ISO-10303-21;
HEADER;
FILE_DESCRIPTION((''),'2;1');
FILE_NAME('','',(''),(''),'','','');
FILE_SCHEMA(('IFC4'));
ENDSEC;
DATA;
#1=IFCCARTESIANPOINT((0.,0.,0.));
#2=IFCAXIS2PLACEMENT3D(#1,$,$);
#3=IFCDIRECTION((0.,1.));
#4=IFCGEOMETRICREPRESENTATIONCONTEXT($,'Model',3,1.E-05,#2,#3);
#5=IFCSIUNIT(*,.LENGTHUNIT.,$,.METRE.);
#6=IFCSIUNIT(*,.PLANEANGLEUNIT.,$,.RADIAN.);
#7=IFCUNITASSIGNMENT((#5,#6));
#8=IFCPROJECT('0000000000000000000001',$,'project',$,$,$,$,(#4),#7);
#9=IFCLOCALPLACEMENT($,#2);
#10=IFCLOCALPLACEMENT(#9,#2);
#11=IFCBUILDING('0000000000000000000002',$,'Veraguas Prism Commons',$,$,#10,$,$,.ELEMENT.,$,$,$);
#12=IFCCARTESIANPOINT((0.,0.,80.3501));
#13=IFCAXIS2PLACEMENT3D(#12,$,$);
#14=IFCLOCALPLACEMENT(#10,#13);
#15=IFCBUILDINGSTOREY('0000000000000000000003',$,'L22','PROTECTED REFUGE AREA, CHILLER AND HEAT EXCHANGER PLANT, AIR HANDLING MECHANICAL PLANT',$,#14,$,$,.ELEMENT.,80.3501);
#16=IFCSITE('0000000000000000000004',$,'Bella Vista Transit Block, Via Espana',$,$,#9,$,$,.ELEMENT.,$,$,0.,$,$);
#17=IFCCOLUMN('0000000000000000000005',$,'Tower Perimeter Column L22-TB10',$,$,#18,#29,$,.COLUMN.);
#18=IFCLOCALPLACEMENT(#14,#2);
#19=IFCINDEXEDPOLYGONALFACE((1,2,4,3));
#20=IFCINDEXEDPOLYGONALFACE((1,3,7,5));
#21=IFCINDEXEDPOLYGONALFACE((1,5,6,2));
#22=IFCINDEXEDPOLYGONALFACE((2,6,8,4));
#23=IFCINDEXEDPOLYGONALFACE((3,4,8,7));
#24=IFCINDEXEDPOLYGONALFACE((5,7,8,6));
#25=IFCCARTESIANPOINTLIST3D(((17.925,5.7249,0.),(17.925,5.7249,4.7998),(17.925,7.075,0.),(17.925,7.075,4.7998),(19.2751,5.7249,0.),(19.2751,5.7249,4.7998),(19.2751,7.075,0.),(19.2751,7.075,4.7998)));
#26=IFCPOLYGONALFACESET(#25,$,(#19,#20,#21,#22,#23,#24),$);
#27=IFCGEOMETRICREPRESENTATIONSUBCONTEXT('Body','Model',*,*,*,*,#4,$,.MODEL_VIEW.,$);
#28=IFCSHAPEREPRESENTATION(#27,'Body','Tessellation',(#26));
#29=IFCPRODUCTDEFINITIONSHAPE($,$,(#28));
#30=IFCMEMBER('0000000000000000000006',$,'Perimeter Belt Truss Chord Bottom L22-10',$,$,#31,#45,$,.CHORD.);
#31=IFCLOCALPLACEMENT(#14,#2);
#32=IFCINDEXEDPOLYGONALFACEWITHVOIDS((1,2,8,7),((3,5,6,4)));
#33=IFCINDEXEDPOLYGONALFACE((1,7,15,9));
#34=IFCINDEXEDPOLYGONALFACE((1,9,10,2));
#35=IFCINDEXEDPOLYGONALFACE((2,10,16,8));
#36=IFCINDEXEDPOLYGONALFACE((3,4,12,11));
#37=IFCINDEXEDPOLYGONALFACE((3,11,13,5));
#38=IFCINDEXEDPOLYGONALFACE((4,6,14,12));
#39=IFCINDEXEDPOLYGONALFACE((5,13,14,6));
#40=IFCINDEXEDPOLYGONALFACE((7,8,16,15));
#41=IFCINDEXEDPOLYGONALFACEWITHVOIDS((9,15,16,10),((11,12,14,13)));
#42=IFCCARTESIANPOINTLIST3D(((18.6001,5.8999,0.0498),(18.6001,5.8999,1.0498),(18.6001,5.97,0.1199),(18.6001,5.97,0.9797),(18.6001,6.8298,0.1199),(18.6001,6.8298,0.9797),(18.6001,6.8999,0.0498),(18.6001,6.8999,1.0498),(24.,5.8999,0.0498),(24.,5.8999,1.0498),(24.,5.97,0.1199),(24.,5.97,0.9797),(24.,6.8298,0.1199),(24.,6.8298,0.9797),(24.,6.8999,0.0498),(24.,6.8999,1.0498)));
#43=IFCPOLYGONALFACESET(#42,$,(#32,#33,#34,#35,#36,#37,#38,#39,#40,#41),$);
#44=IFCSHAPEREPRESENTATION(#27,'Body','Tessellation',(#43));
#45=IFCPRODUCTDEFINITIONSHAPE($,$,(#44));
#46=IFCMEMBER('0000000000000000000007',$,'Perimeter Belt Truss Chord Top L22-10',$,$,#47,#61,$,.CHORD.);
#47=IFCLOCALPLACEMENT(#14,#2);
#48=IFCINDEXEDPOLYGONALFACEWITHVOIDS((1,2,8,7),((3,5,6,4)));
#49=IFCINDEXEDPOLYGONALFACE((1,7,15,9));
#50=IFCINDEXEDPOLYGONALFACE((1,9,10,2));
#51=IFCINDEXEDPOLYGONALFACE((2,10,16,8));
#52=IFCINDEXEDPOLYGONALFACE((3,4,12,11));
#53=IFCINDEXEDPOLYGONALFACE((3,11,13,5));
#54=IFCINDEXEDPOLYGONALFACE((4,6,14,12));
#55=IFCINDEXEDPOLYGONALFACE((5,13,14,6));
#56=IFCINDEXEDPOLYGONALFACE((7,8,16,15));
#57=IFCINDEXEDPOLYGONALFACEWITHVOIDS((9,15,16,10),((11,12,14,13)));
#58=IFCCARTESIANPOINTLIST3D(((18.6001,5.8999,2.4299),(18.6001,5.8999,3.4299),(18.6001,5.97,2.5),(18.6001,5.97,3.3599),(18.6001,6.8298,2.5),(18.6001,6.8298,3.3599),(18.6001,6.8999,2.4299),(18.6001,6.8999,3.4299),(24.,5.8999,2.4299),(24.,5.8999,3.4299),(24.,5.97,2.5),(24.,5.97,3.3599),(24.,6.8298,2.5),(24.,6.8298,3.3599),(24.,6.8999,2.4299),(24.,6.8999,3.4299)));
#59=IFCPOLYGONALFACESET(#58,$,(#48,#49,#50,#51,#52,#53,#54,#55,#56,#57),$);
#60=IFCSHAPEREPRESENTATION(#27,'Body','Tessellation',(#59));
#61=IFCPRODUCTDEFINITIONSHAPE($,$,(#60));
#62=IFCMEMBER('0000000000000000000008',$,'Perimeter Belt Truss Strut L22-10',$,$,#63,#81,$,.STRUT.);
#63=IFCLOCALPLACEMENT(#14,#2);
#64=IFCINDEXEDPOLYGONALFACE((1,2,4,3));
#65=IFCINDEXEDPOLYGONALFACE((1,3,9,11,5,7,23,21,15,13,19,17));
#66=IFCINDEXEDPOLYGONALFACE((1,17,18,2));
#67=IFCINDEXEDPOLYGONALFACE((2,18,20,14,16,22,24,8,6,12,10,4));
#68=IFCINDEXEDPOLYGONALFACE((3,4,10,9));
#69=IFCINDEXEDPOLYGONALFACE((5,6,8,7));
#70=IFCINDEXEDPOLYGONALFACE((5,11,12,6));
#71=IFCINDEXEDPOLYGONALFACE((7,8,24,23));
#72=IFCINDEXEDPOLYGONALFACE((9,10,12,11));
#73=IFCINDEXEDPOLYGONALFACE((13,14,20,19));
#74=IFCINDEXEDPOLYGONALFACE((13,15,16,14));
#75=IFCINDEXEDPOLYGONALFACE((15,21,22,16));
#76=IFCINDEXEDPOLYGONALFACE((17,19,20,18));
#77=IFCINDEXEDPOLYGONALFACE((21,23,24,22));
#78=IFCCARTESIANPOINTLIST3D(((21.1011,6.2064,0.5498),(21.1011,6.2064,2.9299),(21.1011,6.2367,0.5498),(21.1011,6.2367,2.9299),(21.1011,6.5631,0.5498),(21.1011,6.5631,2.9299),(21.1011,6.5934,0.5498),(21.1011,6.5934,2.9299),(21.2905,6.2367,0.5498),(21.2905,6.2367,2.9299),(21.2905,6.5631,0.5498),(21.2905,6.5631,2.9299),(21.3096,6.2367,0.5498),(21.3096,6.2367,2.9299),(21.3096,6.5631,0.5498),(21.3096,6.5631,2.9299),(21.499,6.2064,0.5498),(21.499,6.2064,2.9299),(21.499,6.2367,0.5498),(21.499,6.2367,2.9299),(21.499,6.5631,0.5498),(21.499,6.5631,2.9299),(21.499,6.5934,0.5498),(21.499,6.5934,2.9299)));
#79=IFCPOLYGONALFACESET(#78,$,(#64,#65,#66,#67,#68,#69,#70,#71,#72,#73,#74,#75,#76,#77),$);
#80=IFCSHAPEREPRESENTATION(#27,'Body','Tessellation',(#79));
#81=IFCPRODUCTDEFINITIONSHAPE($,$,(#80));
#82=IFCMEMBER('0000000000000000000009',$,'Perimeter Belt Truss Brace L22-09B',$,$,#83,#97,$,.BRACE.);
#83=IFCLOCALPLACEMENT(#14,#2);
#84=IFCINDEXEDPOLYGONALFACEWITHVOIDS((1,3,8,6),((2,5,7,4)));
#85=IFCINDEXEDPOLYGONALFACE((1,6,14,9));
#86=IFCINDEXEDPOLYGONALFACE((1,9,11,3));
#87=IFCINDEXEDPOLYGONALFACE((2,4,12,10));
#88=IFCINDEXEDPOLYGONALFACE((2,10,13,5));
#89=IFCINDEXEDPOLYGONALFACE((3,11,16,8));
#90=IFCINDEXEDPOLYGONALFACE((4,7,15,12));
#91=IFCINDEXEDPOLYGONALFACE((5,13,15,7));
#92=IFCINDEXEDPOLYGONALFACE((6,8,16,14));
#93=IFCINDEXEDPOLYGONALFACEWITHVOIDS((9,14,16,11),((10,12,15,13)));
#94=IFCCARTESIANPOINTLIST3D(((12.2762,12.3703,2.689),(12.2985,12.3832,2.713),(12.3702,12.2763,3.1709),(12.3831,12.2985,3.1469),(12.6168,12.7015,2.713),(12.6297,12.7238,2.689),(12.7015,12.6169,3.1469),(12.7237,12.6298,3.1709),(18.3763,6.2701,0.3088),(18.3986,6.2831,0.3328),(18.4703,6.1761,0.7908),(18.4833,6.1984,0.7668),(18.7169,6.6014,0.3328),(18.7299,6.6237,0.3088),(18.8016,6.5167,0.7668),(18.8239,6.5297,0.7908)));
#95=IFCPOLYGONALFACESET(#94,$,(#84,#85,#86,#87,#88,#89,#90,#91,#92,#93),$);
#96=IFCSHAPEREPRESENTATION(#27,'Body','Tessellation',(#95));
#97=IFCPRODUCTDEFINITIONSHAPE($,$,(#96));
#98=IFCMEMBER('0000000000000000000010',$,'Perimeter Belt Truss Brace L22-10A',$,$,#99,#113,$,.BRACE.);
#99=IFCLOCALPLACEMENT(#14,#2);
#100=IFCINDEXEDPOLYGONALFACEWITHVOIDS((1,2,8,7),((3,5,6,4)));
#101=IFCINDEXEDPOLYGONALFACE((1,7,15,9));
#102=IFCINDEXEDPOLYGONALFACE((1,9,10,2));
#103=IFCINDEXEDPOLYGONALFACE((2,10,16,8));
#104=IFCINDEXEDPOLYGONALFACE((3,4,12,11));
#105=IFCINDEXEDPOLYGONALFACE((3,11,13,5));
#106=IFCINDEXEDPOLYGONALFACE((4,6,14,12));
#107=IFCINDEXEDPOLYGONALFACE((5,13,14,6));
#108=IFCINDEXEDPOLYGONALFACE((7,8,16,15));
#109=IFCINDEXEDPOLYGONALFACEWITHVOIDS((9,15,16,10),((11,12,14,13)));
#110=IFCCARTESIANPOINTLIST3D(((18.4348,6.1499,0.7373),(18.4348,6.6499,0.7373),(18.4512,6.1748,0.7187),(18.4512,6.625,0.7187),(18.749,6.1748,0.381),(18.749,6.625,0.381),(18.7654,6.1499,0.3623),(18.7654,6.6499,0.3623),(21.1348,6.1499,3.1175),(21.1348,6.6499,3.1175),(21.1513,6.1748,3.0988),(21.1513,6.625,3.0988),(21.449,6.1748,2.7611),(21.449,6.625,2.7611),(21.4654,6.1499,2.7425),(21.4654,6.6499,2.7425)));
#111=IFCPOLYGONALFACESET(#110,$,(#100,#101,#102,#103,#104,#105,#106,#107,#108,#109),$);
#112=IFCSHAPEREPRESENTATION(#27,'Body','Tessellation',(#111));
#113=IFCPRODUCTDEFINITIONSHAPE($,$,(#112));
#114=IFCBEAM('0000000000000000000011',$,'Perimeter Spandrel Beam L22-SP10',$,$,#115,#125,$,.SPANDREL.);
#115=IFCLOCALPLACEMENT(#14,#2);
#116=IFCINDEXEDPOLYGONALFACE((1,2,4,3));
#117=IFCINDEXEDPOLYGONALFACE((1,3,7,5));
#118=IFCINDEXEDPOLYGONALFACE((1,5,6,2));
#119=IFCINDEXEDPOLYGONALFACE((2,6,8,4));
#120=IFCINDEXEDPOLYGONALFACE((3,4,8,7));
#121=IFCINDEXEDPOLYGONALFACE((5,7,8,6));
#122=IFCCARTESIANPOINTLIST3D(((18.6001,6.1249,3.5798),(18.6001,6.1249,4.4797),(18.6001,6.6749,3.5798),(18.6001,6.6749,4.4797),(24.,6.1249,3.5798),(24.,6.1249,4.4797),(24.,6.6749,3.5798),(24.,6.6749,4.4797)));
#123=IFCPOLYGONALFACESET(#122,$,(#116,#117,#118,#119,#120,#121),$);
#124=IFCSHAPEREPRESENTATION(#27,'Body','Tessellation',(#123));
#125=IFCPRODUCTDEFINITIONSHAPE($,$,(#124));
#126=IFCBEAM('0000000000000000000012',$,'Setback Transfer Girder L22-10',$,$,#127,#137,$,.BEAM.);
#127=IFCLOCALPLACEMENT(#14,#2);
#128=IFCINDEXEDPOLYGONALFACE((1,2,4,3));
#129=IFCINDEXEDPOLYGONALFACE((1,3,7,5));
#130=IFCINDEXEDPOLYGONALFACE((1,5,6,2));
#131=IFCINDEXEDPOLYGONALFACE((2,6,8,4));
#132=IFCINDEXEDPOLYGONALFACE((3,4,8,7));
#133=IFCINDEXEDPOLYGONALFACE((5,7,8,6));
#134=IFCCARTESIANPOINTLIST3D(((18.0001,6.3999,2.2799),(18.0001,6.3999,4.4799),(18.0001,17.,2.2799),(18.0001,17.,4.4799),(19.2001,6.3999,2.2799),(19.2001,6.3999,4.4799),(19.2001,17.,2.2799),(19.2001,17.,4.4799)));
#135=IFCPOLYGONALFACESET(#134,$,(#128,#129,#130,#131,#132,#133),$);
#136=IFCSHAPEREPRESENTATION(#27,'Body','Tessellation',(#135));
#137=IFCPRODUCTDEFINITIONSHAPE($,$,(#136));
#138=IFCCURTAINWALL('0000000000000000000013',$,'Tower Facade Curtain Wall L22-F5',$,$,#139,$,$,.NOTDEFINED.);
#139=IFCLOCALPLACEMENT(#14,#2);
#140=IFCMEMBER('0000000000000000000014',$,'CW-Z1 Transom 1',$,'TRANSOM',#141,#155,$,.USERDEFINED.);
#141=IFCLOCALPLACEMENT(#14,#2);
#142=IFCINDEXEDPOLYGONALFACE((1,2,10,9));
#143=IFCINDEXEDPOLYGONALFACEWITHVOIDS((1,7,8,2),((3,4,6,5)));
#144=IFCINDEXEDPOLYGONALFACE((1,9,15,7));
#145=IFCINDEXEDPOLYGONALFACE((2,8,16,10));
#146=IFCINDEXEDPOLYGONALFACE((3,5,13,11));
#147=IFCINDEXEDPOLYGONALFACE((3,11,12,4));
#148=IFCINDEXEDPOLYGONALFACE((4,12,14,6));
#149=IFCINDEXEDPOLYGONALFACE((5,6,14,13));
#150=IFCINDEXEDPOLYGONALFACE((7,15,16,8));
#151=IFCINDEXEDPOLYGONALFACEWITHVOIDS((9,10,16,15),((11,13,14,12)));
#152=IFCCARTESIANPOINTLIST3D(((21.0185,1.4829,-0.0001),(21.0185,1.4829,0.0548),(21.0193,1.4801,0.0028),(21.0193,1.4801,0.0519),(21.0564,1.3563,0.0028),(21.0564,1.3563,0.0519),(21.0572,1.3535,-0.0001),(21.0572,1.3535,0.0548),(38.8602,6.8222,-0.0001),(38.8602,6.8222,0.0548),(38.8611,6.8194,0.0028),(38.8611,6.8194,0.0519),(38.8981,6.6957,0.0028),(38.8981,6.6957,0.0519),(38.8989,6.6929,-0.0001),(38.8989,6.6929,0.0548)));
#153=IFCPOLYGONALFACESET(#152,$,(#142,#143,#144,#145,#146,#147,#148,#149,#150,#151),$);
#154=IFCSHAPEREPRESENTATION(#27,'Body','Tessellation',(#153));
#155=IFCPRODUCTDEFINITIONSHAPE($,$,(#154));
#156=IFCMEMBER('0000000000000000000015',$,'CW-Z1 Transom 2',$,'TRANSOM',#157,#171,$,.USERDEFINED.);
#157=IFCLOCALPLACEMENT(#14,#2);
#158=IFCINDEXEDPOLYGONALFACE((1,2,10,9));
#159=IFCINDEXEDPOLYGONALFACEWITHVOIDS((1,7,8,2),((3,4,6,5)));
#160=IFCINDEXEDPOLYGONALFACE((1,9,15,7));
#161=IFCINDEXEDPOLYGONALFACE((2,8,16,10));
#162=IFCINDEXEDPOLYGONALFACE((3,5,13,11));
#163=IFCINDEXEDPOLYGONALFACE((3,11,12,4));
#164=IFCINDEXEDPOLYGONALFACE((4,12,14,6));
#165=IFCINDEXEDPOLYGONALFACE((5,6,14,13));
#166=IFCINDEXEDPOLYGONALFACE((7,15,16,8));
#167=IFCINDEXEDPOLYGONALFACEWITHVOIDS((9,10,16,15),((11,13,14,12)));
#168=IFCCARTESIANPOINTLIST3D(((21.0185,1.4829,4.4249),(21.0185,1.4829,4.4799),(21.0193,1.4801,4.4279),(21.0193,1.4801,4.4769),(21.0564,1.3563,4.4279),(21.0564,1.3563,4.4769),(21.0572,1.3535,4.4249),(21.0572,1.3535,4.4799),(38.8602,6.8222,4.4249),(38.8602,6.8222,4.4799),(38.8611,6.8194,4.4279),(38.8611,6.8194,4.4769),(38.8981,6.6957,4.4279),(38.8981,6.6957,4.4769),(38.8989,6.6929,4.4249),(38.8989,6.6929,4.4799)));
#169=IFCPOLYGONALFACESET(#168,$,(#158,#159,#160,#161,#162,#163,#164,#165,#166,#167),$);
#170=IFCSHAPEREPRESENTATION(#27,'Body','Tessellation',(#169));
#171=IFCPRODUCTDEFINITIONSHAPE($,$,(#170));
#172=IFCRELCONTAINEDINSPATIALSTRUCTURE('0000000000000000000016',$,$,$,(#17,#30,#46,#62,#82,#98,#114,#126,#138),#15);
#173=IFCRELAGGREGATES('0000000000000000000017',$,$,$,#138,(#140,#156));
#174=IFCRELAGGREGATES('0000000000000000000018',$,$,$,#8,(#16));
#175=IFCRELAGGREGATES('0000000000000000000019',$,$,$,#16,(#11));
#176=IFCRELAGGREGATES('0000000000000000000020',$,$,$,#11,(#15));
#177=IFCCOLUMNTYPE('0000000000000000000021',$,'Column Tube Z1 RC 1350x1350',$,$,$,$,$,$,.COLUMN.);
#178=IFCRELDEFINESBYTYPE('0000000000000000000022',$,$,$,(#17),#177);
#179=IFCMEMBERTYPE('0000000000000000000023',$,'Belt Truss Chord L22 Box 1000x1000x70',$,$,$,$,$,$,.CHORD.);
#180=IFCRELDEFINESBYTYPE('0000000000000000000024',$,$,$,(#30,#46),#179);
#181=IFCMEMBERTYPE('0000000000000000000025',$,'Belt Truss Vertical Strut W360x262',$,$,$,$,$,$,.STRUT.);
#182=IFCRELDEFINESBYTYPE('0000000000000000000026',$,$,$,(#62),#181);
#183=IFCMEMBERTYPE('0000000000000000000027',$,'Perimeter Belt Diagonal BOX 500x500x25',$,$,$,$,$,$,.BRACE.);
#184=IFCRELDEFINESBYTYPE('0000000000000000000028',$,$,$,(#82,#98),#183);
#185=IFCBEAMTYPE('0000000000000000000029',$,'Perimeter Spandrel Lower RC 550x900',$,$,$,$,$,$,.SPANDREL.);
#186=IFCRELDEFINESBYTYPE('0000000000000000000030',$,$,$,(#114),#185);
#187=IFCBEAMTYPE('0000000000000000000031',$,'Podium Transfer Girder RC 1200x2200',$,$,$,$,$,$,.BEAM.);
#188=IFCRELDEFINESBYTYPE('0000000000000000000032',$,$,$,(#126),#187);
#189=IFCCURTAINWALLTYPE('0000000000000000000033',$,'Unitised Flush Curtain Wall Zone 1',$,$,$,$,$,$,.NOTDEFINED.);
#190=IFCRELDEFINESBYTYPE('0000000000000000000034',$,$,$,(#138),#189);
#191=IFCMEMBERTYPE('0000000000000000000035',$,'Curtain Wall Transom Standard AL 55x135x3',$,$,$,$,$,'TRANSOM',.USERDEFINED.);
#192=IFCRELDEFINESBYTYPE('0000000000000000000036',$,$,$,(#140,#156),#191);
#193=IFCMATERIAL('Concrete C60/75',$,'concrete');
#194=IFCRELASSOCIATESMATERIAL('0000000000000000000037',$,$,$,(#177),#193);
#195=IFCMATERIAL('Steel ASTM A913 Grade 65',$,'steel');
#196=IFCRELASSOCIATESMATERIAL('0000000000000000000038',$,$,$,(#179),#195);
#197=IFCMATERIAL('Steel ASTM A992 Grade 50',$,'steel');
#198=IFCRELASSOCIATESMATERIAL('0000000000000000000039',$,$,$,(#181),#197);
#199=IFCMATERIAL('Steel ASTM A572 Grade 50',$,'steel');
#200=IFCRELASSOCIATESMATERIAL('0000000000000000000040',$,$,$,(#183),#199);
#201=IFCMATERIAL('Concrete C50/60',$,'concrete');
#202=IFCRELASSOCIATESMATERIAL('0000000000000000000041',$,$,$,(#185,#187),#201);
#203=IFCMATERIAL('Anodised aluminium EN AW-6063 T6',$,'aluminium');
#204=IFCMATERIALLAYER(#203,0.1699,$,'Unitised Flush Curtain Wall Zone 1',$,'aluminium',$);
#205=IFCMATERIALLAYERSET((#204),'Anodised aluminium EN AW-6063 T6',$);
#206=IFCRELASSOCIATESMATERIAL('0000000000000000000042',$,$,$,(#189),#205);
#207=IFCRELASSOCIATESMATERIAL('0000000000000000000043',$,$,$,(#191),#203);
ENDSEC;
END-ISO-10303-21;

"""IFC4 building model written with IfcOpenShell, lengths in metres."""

from ifc_helpers import new_model, si_unit, direction, frame, origin, origin_2d, place, context, subcontext, project, spatial, rectangle, hollow_rectangle, i_section, extrude, source, transform, mapped, material, layer, layer_set, material_profile, profile_set, type_object, element, aggregate, save


model = new_model("IFC4")

# Units and contexts
model_context = context("Model", 3, precision=1e-05, world=origin(), true_north=direction((0.0, 1.0)))
body_context = subcontext(model_context, "Body", "Model", "MODEL_VIEW")
ifc_project = project(units=[si_unit("LENGTHUNIT", "METRE"), si_unit("PLANEANGLEUNIT", "RADIAN")], contexts=[model_context])

# Site, building, storey
site_placement = place(None, origin())
site = spatial("IfcSite", under=ifc_project, at=site_placement, Name="Bella Vista Transit Block, Via Espana", CompositionType="ELEMENT", RefElevation=0.0)
building_placement = place(site_placement, origin())
building = spatial("IfcBuilding", under=site, at=building_placement, Name="Veraguas Prism Commons", CompositionType="ELEMENT")
storey_placement = place(building_placement, frame((0.0, 0.0, 80.3501)))
storey = spatial("IfcBuildingStorey", under=building, at=storey_placement, Name="L22", Description="PROTECTED REFUGE AREA, CHILLER AND HEAT EXCHANGER PLANT, AIR HANDLING MECHANICAL PLANT", CompositionType="ELEMENT", Elevation=80.3501)

# Column
ifc_material_1 = material(Name="Concrete C60/75", Category="concrete")
ifc_material_profile_1 = material_profile(ifc_material_1, rectangle(XDim=1.3501, YDim=1.3501, at=origin_2d()), Name="RC1350X1350")
ifc_profile_set_1 = profile_set([ifc_material_profile_1], Name="Concrete C60/75")
column_type = type_object("IfcColumnType", Name="Column Tube Z1 RC 1350x1350", PredefinedType="COLUMN", material=ifc_profile_set_1)
column_placement = place(storey_placement, frame((18.6001, 6.3999, 0.0), z_axis=(0.0, 0.0, 1.0), x_axis=(1.0, 0.0, 0.0)))
element("IfcColumn", 1, at=column_placement, inside=storey, type_object=column_type, Name="Tower Perimeter Column L22-TB10", PredefinedType="COLUMN", context=body_context, shape_type="SweptSolid", body=[
    extrude(rectangle(XDim=1.3501, YDim=1.3501, at=origin_2d()), origin(), (0.0, 0.0, 1.0), 4.7998),
])

# Members
ifc_material_2 = material(Name="Steel ASTM A913 Grade 65", Category="steel")
ifc_material_profile_2 = material_profile(ifc_material_2, hollow_rectangle(XDim=1.0, YDim=1.0, WallThickness=0.0701, at=origin_2d()), Name="BOX1000X1000X70")
ifc_profile_set_2 = profile_set([ifc_material_profile_2], Name="Steel ASTM A913 Grade 65")
member_type_1 = type_object("IfcMemberType", Name="Belt Truss Chord L22 Box 1000x1000x70", PredefinedType="CHORD", material=ifc_profile_set_2)
for number, where, z_axis, x_axis, name in (
    (2, (18.6001, 6.3999, 0.5498), (1.0, 0.0, 0.0), (0.0, 1.0, 0.0), "Perimeter Belt Truss Chord Bottom L22-10"),
    (3, (18.6001, 6.3999, 2.9299), (1.0, 0.0, 0.0), (0.0, 1.0, 0.0), "Perimeter Belt Truss Chord Top L22-10"),
):
    element("IfcMember", number, at=place(storey_placement, frame(where, z_axis=z_axis, x_axis=x_axis)), inside=storey, type_object=member_type_1, Name=name, PredefinedType="CHORD", context=body_context, shape_type="SweptSolid", body=[
        extrude(hollow_rectangle(XDim=1.0, YDim=1.0, WallThickness=0.0701, at=origin_2d()), origin(), (0.0, 0.0, 1.0), 5.3999),
    ])
ifc_material_3 = material(Name="Steel ASTM A992 Grade 50", Category="steel")
ifc_material_profile_3 = material_profile(ifc_material_3, i_section(OverallWidth=0.3979, OverallDepth=0.387, WebThickness=0.019, FlangeThickness=0.0303, at=origin_2d()), Name="W360X262")
ifc_profile_set_3 = profile_set([ifc_material_profile_3], Name="Steel ASTM A992 Grade 50")
member_type_2 = type_object("IfcMemberType", Name="Belt Truss Vertical Strut W360x262", PredefinedType="STRUT", material=ifc_profile_set_3)
member_1_placement = place(storey_placement, frame((21.3, 6.3999, 0.5498), z_axis=(0.0, 0.0, 1.0), x_axis=(1.0, 0.0, 0.0)))
element("IfcMember", 4, at=member_1_placement, inside=storey, type_object=member_type_2, Name="Perimeter Belt Truss Strut L22-10", PredefinedType="STRUT", context=body_context, shape_type="SweptSolid", body=[
    extrude(i_section(OverallWidth=0.3979, OverallDepth=0.387, WebThickness=0.019, FlangeThickness=0.0303, at=origin_2d()), origin(), (0.0, 0.0, 1.0), 2.3801),
])
ifc_material_4 = material(Name="Steel ASTM A572 Grade 50", Category="steel")
ifc_material_profile_4 = material_profile(ifc_material_4, hollow_rectangle(XDim=0.5, YDim=0.5, WallThickness=0.0249, at=origin_2d()), Name="BOX500X500X25")
ifc_profile_set_4 = profile_set([ifc_material_profile_4], Name="Steel ASTM A572 Grade 50")
member_type_3 = type_object("IfcMemberType", Name="Perimeter Belt Diagonal BOX 500x500x25", PredefinedType="BRACE", material=ifc_profile_set_4)
member_2_placement = place(storey_placement, frame((18.6001, 6.3999, 0.5498), z_axis=(-0.681639, 0.681639, 0.265961), x_axis=(-0.707107, -0.707107, 0.0)))
element("IfcMember", 5, at=member_2_placement, inside=storey, type_object=member_type_3, Name="Perimeter Belt Truss Brace L22-09B", PredefinedType="BRACE", context=body_context, shape_type="SweptSolid", body=[
    extrude(hollow_rectangle(XDim=0.5, YDim=0.5, WallThickness=0.0249, at=origin_2d()), origin(), (0.0, 0.0, 1.0), 8.9492),
])
member_3_placement = place(storey_placement, frame((18.6001, 6.3999, 0.5498), z_axis=(0.750139, 0.0, 0.661281), x_axis=(0.0, 1.0, 0.0)))
element("IfcMember", 6, at=member_3_placement, inside=storey, type_object=member_type_3, Name="Perimeter Belt Truss Brace L22-10A", PredefinedType="BRACE", context=body_context, shape_type="SweptSolid", body=[
    extrude(hollow_rectangle(XDim=0.5, YDim=0.5, WallThickness=0.0249, at=origin_2d()), origin(), (0.0, 0.0, 1.0), 3.5994),
])

# Beams
ifc_material_5 = material(Name="Concrete C50/60", Category="concrete")
ifc_material_profile_5 = material_profile(ifc_material_5, rectangle(XDim=0.55, YDim=0.8999, at=origin_2d()), Name="RC550X900")
ifc_profile_set_5 = profile_set([ifc_material_profile_5], Name="Concrete C50/60")
beam_type_1 = type_object("IfcBeamType", Name="Perimeter Spandrel Lower RC 550x900", PredefinedType="SPANDREL", material=ifc_profile_set_5)
beam_1_placement = place(storey_placement, frame((18.6001, 6.3999, 4.0298), z_axis=(1.0, 0.0, 0.0), x_axis=(0.0, 1.0, 0.0)))
element("IfcBeam", 7, at=beam_1_placement, inside=storey, type_object=beam_type_1, Name="Perimeter Spandrel Beam L22-SP10", PredefinedType="SPANDREL", context=body_context, shape_type="SweptSolid", body=[
    extrude(rectangle(XDim=0.55, YDim=0.8999, at=origin_2d()), origin(), (0.0, 0.0, 1.0), 5.3999),
])
ifc_material_profile_6 = material_profile(ifc_material_5, rectangle(XDim=1.2, YDim=2.2, at=origin_2d()), Name="RC1200X2200")
ifc_profile_set_6 = profile_set([ifc_material_profile_6], Name="Concrete C50/60")
beam_type_2 = type_object("IfcBeamType", Name="Podium Transfer Girder RC 1200x2200", PredefinedType="BEAM", material=ifc_profile_set_6)
beam_2_placement = place(storey_placement, frame((18.6001, 6.3999, 3.3799), z_axis=(0.0, 1.0, 0.0), x_axis=(-1.0, 0.0, 0.0)))
element("IfcBeam", 8, at=beam_2_placement, inside=storey, type_object=beam_type_2, Name="Setback Transfer Girder L22-10", PredefinedType="BEAM", context=body_context, shape_type="SweptSolid", body=[
    extrude(rectangle(XDim=1.2, YDim=2.2, at=origin_2d()), origin(), (0.0, 0.0, 1.0), 10.6001),
])

# Curtain wall, members
ifc_material_6 = material(Name="Anodised aluminium EN AW-6063 T6", Category="aluminium")
ifc_layer_1 = layer(ifc_material_6, 0.1699, Name="Unitised Flush Curtain Wall Zone 1", Category="aluminium")
ifc_layer_set_1 = layer_set([ifc_layer_1], Name="Anodised aluminium EN AW-6063 T6")
curtain_wall_type = type_object("IfcCurtainWallType", Name="Unitised Flush Curtain Wall Zone 1", PredefinedType="NOTDEFINED", material=ifc_layer_set_1)
curtain_wall_1_placement = place(storey_placement, origin())
curtain_wall_1 = element("IfcCurtainWall", 9, at=curtain_wall_1_placement, inside=storey, type_object=curtain_wall_type, Name="Tower Facade Curtain Wall L22-F5", PredefinedType="NOTDEFINED")
ifc_material_profile_7 = material_profile(ifc_material_6, hollow_rectangle(XDim=0.0549, YDim=0.135, WallThickness=0.0029, at=origin_2d()), Name="AL55X135X3")
ifc_profile_set_7 = profile_set([ifc_material_profile_7], Name="Anodised aluminium EN AW-6063 T6")
member_type_4 = type_object("IfcMemberType", Name="Curtain Wall Transom Standard AL 55x135x3", ElementType="TRANSOM", PredefinedType="USERDEFINED", material=ifc_profile_set_7)
shared_shape_1 = source(origin(), body_context, "Body", "SweptSolid", [
    extrude(hollow_rectangle(XDim=0.0549, YDim=0.135, WallThickness=0.0029, at=origin_2d()), origin(), (0.0, 0.0, 1.0), 18.6235),
])
member_4_placement = place(storey_placement, frame((21.0378, 1.4182, 0.0273), z_axis=(0.958021, 0.286698, 0.0), x_axis=(0.0, 0.0, 1.0)))
member_4 = element("IfcMember", 10, at=member_4_placement, type_object=member_type_4, Name="CW-Z1 Transom 1", ObjectType="TRANSOM", PredefinedType="USERDEFINED", context=body_context, shape_type="MappedRepresentation", body=[
    mapped(shared_shape_1, transform((0.0, 0.0, 0.0), scale=1.0)),
])
member_5_placement = place(storey_placement, frame((21.0378, 1.4182, 4.4524), z_axis=(0.958021, 0.286698, 0.0), x_axis=(0.0, 0.0, 1.0)))
member_5 = element("IfcMember", 11, at=member_5_placement, type_object=member_type_4, Name="CW-Z1 Transom 2", ObjectType="TRANSOM", PredefinedType="USERDEFINED", context=body_context, shape_type="MappedRepresentation", body=[
    mapped(shared_shape_1, transform((0.0, 0.0, 0.0), scale=1.0)),
])

aggregate(curtain_wall_1, [member_4, member_5])

save(model, "model.ifc")
